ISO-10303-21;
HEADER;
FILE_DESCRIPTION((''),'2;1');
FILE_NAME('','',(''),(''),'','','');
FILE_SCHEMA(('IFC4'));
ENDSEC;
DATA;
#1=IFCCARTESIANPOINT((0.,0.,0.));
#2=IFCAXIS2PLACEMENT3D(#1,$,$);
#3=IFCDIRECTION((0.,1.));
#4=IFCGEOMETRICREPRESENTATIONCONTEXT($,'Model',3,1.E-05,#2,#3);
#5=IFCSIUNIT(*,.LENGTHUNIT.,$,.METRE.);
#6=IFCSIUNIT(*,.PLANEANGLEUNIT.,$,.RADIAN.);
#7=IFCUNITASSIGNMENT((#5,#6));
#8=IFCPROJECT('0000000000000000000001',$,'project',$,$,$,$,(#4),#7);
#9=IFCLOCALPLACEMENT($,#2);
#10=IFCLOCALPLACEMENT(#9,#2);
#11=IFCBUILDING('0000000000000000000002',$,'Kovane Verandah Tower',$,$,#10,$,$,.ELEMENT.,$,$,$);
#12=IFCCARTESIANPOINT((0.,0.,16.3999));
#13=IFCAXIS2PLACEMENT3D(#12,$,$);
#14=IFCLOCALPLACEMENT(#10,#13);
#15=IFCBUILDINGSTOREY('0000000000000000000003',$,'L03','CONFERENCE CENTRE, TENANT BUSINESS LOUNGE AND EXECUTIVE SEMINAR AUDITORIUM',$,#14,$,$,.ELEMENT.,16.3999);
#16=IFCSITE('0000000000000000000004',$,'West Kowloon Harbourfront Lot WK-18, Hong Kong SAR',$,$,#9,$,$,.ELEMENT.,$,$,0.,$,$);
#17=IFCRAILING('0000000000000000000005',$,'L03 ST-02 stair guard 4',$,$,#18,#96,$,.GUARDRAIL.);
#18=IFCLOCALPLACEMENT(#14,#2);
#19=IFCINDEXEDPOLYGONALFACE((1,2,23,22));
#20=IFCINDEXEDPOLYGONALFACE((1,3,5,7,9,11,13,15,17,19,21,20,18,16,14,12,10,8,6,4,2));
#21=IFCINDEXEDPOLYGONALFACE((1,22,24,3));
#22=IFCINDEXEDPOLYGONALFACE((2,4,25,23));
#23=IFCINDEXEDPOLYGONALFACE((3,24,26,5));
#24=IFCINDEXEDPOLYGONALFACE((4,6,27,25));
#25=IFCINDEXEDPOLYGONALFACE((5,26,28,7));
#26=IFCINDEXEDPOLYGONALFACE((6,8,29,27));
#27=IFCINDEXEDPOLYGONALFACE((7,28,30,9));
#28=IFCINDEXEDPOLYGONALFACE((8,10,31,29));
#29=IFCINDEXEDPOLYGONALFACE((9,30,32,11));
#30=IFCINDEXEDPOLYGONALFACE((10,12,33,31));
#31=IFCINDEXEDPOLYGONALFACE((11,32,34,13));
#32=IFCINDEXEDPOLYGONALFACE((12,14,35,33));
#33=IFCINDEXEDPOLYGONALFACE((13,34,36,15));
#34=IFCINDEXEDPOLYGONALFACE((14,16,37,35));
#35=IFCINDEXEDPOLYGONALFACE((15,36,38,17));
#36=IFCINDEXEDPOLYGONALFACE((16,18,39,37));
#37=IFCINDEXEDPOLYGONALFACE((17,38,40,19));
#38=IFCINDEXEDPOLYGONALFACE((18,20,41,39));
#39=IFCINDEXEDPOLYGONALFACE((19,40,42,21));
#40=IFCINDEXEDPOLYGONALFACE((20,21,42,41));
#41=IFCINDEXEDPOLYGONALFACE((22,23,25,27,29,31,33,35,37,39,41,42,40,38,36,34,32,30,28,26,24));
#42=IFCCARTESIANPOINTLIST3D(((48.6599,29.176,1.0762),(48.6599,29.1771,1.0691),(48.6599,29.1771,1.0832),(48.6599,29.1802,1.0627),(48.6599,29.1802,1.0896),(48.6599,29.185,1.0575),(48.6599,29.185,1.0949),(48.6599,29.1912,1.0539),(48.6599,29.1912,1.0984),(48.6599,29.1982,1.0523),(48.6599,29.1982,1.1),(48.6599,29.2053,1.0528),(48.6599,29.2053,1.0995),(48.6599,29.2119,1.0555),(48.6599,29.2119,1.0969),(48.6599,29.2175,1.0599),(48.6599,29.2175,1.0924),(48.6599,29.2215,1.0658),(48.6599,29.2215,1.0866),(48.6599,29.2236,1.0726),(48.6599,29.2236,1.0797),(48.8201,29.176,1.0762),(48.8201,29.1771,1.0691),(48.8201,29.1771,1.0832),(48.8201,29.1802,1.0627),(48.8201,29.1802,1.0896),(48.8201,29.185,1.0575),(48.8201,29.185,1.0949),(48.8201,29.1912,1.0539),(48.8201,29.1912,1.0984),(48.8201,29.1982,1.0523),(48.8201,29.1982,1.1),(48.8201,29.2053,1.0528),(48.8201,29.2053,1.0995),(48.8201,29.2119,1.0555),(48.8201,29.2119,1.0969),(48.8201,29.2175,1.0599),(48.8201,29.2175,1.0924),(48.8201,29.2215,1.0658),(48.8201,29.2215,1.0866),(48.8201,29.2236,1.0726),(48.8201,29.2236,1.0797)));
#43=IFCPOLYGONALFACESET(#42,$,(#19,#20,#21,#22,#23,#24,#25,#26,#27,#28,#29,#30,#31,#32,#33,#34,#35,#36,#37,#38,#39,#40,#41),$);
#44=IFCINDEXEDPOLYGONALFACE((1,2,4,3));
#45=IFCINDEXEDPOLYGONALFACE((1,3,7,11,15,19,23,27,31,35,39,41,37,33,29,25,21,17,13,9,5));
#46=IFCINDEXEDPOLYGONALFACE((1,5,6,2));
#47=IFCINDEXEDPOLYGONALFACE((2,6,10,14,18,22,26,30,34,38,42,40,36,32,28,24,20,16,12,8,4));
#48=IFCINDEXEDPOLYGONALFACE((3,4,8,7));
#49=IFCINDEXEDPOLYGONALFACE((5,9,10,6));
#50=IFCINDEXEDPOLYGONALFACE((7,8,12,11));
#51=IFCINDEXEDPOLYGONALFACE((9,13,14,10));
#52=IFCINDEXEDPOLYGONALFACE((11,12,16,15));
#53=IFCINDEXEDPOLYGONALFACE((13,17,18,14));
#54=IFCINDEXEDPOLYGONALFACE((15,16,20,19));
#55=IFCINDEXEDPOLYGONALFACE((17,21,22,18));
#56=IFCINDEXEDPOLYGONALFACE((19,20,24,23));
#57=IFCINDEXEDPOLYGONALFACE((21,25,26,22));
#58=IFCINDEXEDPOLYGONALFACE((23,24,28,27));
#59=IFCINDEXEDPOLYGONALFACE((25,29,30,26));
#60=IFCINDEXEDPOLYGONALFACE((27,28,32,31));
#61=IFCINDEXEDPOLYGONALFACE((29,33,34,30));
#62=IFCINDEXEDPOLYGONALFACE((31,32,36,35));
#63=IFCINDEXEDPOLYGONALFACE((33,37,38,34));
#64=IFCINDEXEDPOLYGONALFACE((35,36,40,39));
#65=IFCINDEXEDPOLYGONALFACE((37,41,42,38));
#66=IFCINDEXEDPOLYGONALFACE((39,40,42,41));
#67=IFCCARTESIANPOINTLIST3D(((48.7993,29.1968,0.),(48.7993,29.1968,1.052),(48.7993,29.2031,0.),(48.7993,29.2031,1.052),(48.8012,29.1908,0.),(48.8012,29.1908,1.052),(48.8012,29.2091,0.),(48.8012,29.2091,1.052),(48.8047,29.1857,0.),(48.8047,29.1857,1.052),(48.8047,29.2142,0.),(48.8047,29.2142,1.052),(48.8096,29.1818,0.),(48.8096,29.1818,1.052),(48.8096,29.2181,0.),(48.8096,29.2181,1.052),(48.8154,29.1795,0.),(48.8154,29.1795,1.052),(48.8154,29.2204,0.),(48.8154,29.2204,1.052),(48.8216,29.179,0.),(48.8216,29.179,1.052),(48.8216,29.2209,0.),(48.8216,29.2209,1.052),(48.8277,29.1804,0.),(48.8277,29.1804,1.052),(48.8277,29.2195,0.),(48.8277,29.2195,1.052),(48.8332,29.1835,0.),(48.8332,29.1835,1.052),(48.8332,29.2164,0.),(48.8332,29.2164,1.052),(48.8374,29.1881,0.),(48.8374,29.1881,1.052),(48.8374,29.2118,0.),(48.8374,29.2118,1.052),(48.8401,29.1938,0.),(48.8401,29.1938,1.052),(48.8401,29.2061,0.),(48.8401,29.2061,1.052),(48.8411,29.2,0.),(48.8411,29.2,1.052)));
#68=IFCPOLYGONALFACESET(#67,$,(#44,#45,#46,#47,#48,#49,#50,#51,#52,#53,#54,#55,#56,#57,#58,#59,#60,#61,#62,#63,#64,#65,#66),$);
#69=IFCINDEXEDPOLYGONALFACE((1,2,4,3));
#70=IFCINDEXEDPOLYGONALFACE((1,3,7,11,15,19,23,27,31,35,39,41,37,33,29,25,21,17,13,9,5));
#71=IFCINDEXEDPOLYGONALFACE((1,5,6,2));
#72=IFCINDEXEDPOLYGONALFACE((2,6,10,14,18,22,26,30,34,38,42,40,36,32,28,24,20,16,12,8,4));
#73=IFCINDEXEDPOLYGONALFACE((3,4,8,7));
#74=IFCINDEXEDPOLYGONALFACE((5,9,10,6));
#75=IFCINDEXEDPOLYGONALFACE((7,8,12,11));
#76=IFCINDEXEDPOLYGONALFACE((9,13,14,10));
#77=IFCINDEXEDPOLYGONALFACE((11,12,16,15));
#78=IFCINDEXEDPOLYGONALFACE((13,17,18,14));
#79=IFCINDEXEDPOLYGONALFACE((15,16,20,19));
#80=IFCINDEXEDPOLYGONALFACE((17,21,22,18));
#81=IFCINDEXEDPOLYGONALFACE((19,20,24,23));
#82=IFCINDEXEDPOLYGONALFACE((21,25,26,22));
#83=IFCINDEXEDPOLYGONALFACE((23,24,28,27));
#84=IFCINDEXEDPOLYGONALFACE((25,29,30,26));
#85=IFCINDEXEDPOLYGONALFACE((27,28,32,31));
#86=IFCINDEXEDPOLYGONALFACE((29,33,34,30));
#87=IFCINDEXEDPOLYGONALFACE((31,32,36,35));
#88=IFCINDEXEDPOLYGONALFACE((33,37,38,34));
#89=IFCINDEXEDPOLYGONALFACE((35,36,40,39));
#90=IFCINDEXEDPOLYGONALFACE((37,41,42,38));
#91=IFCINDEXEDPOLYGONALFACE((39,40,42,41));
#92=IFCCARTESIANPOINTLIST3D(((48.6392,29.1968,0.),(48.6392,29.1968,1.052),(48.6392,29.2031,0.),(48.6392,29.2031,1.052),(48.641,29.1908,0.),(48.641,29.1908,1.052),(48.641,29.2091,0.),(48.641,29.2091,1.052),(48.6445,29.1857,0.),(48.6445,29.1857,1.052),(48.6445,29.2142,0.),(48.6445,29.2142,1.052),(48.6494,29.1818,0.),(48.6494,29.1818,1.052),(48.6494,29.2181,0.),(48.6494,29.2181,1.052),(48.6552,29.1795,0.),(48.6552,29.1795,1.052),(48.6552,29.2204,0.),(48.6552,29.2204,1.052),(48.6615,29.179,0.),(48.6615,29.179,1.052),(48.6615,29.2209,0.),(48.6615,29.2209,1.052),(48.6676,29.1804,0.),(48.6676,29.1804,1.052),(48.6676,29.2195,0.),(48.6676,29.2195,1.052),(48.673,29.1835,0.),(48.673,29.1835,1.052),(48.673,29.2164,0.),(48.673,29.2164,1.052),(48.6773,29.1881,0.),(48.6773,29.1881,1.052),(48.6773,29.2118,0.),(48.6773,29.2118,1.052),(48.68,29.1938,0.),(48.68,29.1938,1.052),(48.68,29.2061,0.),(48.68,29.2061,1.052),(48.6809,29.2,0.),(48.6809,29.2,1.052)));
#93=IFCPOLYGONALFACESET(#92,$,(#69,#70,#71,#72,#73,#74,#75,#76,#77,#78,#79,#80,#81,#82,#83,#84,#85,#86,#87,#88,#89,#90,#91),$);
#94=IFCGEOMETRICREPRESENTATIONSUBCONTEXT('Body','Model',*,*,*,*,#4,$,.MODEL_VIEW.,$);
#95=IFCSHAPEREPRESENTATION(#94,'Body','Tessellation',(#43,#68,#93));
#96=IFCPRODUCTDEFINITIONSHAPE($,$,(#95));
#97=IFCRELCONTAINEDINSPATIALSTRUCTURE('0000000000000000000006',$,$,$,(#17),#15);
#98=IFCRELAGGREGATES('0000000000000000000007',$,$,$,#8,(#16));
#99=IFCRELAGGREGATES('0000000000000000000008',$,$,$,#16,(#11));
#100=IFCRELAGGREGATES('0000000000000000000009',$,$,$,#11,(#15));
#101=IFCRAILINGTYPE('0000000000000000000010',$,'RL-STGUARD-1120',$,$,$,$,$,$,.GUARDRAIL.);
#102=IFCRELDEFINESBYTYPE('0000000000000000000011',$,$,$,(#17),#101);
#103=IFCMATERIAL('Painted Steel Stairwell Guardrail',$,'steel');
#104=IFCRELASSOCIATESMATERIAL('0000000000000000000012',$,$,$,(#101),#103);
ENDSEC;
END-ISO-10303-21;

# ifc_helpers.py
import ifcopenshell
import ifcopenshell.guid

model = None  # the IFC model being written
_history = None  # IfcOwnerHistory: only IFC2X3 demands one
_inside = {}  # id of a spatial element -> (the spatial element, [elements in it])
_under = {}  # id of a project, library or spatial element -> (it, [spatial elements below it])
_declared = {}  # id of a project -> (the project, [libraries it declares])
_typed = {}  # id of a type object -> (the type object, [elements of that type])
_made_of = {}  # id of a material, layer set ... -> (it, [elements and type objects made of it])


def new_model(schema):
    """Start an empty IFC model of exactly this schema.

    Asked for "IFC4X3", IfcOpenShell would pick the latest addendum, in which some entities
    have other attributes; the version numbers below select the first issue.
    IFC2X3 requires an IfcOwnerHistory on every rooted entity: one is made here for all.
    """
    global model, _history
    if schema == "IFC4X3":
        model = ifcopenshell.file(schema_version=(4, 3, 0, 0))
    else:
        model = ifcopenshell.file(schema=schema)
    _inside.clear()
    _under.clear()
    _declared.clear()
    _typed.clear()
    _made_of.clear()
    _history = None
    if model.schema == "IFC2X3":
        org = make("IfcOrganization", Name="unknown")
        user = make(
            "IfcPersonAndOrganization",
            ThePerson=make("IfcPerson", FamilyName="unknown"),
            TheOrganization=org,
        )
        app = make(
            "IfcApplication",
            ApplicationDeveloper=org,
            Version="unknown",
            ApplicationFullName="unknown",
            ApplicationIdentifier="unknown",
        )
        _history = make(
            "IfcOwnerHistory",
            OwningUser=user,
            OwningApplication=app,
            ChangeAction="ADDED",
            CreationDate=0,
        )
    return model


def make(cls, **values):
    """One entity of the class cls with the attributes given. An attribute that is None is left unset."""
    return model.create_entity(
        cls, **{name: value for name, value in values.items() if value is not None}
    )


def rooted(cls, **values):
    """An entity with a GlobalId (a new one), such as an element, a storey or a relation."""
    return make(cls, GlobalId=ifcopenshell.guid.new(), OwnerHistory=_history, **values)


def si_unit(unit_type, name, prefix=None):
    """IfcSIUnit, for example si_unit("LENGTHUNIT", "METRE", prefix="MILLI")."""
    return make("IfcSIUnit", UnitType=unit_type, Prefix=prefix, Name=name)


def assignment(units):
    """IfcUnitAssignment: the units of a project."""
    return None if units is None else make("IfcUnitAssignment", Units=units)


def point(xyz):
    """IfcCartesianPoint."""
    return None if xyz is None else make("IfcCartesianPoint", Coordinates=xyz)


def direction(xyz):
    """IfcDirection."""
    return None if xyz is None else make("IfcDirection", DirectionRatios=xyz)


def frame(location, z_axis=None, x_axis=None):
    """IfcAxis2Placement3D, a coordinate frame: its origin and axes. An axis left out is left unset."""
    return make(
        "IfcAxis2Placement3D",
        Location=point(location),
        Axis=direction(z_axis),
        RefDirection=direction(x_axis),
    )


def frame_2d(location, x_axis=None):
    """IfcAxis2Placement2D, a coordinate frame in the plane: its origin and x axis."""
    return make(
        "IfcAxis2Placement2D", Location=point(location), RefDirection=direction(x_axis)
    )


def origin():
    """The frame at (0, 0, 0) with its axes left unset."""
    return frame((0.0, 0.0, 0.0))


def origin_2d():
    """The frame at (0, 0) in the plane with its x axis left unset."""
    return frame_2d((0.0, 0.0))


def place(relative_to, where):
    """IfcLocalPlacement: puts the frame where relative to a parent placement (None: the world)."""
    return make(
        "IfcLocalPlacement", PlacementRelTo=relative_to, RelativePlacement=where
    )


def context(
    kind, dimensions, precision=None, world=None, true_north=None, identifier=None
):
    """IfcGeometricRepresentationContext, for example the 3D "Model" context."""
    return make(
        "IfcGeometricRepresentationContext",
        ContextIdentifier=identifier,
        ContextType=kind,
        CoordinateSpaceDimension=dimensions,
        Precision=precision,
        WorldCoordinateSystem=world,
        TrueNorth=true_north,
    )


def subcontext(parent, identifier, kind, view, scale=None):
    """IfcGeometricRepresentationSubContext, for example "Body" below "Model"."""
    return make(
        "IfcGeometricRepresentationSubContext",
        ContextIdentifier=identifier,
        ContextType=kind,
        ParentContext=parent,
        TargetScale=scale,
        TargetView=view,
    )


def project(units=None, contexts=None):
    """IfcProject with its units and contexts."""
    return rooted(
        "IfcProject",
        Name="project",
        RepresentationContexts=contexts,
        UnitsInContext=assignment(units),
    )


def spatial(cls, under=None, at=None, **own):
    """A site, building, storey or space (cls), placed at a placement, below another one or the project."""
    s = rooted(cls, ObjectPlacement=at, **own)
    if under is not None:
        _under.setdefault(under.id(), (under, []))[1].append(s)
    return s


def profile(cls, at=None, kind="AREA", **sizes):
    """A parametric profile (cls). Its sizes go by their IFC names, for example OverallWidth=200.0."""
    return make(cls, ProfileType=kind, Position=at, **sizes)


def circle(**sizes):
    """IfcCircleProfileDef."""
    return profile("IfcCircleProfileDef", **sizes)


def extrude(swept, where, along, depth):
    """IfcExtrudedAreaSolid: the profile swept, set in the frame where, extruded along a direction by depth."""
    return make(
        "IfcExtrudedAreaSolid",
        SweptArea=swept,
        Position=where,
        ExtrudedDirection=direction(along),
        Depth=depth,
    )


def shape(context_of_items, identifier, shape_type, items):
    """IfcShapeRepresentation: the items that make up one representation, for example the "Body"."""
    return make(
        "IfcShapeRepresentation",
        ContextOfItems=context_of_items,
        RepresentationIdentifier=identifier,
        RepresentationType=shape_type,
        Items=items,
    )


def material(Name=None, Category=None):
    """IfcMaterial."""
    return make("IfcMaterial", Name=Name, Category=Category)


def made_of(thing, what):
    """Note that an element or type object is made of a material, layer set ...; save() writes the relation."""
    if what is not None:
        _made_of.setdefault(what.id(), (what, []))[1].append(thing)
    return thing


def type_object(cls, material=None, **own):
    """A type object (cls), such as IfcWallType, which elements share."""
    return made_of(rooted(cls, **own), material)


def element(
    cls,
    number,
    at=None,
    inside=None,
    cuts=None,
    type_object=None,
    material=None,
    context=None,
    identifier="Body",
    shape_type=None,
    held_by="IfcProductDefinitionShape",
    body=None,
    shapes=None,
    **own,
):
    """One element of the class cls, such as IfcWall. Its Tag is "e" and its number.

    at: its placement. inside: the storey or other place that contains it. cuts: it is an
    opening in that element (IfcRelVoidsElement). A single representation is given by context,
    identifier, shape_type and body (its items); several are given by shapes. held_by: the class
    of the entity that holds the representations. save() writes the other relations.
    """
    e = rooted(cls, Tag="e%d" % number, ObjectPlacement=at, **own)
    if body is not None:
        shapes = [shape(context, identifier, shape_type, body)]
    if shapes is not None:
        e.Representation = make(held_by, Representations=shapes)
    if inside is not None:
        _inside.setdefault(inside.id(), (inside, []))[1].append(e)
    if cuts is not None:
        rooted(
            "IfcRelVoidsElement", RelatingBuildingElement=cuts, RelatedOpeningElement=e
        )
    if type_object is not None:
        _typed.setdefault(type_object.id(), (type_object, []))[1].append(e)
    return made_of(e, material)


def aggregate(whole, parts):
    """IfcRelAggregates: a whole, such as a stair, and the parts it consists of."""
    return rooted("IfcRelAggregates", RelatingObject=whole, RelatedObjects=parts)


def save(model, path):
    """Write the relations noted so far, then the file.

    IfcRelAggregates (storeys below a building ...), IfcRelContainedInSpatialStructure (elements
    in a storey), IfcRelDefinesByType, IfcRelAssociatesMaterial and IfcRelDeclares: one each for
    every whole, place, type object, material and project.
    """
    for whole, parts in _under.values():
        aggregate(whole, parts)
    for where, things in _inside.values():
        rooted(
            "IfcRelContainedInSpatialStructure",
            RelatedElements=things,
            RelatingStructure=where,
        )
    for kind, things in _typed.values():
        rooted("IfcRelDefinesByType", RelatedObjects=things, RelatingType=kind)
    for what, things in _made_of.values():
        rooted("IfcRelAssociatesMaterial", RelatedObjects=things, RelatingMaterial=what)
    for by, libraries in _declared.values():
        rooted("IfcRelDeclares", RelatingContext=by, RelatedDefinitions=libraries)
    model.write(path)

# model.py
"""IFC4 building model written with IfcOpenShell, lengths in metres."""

from ifc_helpers import new_model, si_unit, direction, frame, origin, origin_2d, place, context, subcontext, project, spatial, circle, extrude, material, type_object, element, save


model = new_model("IFC4")

# Units and contexts
model_context = context("Model", 3, precision=1e-05, world=origin(), true_north=direction((0.0, 1.0)))
body_context = subcontext(model_context, "Body", "Model", "MODEL_VIEW")
ifc_project = project(units=[si_unit("LENGTHUNIT", "METRE"), si_unit("PLANEANGLEUNIT", "RADIAN")], contexts=[model_context])

# Site, building, storey
site_placement = place(None, origin())
site = spatial("IfcSite", under=ifc_project, at=site_placement, Name="West Kowloon Harbourfront Lot WK-18, Hong Kong SAR", CompositionType="ELEMENT", RefElevation=0.0)
building_placement = place(site_placement, origin())
building = spatial("IfcBuilding", under=site, at=building_placement, Name="Kovane Verandah Tower", CompositionType="ELEMENT")
storey_placement = place(building_placement, frame((0.0, 0.0, 16.3999)))
storey = spatial("IfcBuildingStorey", under=building, at=storey_placement, Name="L03", Description="CONFERENCE CENTRE, TENANT BUSINESS LOUNGE AND EXECUTIVE SEMINAR AUDITORIUM", CompositionType="ELEMENT", Elevation=16.3999)

# Railing
ifc_material_1 = material(Name="Painted Steel Stairwell Guardrail", Category="steel")
railing_type_1 = type_object("IfcRailingType", Name="RL-STGUARD-1120", PredefinedType="GUARDRAIL", material=ifc_material_1)
railing_1_placement = place(storey_placement, frame((48.8201, 29.2, 0.0)))
element("IfcRailing", 1, at=railing_1_placement, inside=storey, type_object=railing_type_1, Name="L03 ST-02 stair guard 4", PredefinedType="GUARDRAIL", context=body_context, shape_type="SweptSolid", body=[
    extrude(circle(Radius=0.0239, at=origin_2d()), frame((0.0, 0.0, 1.0762), z_axis=(-1.0, 0.0, 0.0), x_axis=(0.0, -1.0, 0.0)), (0.0, 0.0, 1.0), 0.1602),
    extrude(circle(Radius=0.021, at=origin_2d()), origin(), (0.0, 0.0, 1.0), 1.052),
    extrude(circle(Radius=0.021, at=origin_2d()), frame((-0.1602, 0.0, 0.0)), (0.0, 0.0, 1.0), 1.052),
])

save(model, "model.ifc")
